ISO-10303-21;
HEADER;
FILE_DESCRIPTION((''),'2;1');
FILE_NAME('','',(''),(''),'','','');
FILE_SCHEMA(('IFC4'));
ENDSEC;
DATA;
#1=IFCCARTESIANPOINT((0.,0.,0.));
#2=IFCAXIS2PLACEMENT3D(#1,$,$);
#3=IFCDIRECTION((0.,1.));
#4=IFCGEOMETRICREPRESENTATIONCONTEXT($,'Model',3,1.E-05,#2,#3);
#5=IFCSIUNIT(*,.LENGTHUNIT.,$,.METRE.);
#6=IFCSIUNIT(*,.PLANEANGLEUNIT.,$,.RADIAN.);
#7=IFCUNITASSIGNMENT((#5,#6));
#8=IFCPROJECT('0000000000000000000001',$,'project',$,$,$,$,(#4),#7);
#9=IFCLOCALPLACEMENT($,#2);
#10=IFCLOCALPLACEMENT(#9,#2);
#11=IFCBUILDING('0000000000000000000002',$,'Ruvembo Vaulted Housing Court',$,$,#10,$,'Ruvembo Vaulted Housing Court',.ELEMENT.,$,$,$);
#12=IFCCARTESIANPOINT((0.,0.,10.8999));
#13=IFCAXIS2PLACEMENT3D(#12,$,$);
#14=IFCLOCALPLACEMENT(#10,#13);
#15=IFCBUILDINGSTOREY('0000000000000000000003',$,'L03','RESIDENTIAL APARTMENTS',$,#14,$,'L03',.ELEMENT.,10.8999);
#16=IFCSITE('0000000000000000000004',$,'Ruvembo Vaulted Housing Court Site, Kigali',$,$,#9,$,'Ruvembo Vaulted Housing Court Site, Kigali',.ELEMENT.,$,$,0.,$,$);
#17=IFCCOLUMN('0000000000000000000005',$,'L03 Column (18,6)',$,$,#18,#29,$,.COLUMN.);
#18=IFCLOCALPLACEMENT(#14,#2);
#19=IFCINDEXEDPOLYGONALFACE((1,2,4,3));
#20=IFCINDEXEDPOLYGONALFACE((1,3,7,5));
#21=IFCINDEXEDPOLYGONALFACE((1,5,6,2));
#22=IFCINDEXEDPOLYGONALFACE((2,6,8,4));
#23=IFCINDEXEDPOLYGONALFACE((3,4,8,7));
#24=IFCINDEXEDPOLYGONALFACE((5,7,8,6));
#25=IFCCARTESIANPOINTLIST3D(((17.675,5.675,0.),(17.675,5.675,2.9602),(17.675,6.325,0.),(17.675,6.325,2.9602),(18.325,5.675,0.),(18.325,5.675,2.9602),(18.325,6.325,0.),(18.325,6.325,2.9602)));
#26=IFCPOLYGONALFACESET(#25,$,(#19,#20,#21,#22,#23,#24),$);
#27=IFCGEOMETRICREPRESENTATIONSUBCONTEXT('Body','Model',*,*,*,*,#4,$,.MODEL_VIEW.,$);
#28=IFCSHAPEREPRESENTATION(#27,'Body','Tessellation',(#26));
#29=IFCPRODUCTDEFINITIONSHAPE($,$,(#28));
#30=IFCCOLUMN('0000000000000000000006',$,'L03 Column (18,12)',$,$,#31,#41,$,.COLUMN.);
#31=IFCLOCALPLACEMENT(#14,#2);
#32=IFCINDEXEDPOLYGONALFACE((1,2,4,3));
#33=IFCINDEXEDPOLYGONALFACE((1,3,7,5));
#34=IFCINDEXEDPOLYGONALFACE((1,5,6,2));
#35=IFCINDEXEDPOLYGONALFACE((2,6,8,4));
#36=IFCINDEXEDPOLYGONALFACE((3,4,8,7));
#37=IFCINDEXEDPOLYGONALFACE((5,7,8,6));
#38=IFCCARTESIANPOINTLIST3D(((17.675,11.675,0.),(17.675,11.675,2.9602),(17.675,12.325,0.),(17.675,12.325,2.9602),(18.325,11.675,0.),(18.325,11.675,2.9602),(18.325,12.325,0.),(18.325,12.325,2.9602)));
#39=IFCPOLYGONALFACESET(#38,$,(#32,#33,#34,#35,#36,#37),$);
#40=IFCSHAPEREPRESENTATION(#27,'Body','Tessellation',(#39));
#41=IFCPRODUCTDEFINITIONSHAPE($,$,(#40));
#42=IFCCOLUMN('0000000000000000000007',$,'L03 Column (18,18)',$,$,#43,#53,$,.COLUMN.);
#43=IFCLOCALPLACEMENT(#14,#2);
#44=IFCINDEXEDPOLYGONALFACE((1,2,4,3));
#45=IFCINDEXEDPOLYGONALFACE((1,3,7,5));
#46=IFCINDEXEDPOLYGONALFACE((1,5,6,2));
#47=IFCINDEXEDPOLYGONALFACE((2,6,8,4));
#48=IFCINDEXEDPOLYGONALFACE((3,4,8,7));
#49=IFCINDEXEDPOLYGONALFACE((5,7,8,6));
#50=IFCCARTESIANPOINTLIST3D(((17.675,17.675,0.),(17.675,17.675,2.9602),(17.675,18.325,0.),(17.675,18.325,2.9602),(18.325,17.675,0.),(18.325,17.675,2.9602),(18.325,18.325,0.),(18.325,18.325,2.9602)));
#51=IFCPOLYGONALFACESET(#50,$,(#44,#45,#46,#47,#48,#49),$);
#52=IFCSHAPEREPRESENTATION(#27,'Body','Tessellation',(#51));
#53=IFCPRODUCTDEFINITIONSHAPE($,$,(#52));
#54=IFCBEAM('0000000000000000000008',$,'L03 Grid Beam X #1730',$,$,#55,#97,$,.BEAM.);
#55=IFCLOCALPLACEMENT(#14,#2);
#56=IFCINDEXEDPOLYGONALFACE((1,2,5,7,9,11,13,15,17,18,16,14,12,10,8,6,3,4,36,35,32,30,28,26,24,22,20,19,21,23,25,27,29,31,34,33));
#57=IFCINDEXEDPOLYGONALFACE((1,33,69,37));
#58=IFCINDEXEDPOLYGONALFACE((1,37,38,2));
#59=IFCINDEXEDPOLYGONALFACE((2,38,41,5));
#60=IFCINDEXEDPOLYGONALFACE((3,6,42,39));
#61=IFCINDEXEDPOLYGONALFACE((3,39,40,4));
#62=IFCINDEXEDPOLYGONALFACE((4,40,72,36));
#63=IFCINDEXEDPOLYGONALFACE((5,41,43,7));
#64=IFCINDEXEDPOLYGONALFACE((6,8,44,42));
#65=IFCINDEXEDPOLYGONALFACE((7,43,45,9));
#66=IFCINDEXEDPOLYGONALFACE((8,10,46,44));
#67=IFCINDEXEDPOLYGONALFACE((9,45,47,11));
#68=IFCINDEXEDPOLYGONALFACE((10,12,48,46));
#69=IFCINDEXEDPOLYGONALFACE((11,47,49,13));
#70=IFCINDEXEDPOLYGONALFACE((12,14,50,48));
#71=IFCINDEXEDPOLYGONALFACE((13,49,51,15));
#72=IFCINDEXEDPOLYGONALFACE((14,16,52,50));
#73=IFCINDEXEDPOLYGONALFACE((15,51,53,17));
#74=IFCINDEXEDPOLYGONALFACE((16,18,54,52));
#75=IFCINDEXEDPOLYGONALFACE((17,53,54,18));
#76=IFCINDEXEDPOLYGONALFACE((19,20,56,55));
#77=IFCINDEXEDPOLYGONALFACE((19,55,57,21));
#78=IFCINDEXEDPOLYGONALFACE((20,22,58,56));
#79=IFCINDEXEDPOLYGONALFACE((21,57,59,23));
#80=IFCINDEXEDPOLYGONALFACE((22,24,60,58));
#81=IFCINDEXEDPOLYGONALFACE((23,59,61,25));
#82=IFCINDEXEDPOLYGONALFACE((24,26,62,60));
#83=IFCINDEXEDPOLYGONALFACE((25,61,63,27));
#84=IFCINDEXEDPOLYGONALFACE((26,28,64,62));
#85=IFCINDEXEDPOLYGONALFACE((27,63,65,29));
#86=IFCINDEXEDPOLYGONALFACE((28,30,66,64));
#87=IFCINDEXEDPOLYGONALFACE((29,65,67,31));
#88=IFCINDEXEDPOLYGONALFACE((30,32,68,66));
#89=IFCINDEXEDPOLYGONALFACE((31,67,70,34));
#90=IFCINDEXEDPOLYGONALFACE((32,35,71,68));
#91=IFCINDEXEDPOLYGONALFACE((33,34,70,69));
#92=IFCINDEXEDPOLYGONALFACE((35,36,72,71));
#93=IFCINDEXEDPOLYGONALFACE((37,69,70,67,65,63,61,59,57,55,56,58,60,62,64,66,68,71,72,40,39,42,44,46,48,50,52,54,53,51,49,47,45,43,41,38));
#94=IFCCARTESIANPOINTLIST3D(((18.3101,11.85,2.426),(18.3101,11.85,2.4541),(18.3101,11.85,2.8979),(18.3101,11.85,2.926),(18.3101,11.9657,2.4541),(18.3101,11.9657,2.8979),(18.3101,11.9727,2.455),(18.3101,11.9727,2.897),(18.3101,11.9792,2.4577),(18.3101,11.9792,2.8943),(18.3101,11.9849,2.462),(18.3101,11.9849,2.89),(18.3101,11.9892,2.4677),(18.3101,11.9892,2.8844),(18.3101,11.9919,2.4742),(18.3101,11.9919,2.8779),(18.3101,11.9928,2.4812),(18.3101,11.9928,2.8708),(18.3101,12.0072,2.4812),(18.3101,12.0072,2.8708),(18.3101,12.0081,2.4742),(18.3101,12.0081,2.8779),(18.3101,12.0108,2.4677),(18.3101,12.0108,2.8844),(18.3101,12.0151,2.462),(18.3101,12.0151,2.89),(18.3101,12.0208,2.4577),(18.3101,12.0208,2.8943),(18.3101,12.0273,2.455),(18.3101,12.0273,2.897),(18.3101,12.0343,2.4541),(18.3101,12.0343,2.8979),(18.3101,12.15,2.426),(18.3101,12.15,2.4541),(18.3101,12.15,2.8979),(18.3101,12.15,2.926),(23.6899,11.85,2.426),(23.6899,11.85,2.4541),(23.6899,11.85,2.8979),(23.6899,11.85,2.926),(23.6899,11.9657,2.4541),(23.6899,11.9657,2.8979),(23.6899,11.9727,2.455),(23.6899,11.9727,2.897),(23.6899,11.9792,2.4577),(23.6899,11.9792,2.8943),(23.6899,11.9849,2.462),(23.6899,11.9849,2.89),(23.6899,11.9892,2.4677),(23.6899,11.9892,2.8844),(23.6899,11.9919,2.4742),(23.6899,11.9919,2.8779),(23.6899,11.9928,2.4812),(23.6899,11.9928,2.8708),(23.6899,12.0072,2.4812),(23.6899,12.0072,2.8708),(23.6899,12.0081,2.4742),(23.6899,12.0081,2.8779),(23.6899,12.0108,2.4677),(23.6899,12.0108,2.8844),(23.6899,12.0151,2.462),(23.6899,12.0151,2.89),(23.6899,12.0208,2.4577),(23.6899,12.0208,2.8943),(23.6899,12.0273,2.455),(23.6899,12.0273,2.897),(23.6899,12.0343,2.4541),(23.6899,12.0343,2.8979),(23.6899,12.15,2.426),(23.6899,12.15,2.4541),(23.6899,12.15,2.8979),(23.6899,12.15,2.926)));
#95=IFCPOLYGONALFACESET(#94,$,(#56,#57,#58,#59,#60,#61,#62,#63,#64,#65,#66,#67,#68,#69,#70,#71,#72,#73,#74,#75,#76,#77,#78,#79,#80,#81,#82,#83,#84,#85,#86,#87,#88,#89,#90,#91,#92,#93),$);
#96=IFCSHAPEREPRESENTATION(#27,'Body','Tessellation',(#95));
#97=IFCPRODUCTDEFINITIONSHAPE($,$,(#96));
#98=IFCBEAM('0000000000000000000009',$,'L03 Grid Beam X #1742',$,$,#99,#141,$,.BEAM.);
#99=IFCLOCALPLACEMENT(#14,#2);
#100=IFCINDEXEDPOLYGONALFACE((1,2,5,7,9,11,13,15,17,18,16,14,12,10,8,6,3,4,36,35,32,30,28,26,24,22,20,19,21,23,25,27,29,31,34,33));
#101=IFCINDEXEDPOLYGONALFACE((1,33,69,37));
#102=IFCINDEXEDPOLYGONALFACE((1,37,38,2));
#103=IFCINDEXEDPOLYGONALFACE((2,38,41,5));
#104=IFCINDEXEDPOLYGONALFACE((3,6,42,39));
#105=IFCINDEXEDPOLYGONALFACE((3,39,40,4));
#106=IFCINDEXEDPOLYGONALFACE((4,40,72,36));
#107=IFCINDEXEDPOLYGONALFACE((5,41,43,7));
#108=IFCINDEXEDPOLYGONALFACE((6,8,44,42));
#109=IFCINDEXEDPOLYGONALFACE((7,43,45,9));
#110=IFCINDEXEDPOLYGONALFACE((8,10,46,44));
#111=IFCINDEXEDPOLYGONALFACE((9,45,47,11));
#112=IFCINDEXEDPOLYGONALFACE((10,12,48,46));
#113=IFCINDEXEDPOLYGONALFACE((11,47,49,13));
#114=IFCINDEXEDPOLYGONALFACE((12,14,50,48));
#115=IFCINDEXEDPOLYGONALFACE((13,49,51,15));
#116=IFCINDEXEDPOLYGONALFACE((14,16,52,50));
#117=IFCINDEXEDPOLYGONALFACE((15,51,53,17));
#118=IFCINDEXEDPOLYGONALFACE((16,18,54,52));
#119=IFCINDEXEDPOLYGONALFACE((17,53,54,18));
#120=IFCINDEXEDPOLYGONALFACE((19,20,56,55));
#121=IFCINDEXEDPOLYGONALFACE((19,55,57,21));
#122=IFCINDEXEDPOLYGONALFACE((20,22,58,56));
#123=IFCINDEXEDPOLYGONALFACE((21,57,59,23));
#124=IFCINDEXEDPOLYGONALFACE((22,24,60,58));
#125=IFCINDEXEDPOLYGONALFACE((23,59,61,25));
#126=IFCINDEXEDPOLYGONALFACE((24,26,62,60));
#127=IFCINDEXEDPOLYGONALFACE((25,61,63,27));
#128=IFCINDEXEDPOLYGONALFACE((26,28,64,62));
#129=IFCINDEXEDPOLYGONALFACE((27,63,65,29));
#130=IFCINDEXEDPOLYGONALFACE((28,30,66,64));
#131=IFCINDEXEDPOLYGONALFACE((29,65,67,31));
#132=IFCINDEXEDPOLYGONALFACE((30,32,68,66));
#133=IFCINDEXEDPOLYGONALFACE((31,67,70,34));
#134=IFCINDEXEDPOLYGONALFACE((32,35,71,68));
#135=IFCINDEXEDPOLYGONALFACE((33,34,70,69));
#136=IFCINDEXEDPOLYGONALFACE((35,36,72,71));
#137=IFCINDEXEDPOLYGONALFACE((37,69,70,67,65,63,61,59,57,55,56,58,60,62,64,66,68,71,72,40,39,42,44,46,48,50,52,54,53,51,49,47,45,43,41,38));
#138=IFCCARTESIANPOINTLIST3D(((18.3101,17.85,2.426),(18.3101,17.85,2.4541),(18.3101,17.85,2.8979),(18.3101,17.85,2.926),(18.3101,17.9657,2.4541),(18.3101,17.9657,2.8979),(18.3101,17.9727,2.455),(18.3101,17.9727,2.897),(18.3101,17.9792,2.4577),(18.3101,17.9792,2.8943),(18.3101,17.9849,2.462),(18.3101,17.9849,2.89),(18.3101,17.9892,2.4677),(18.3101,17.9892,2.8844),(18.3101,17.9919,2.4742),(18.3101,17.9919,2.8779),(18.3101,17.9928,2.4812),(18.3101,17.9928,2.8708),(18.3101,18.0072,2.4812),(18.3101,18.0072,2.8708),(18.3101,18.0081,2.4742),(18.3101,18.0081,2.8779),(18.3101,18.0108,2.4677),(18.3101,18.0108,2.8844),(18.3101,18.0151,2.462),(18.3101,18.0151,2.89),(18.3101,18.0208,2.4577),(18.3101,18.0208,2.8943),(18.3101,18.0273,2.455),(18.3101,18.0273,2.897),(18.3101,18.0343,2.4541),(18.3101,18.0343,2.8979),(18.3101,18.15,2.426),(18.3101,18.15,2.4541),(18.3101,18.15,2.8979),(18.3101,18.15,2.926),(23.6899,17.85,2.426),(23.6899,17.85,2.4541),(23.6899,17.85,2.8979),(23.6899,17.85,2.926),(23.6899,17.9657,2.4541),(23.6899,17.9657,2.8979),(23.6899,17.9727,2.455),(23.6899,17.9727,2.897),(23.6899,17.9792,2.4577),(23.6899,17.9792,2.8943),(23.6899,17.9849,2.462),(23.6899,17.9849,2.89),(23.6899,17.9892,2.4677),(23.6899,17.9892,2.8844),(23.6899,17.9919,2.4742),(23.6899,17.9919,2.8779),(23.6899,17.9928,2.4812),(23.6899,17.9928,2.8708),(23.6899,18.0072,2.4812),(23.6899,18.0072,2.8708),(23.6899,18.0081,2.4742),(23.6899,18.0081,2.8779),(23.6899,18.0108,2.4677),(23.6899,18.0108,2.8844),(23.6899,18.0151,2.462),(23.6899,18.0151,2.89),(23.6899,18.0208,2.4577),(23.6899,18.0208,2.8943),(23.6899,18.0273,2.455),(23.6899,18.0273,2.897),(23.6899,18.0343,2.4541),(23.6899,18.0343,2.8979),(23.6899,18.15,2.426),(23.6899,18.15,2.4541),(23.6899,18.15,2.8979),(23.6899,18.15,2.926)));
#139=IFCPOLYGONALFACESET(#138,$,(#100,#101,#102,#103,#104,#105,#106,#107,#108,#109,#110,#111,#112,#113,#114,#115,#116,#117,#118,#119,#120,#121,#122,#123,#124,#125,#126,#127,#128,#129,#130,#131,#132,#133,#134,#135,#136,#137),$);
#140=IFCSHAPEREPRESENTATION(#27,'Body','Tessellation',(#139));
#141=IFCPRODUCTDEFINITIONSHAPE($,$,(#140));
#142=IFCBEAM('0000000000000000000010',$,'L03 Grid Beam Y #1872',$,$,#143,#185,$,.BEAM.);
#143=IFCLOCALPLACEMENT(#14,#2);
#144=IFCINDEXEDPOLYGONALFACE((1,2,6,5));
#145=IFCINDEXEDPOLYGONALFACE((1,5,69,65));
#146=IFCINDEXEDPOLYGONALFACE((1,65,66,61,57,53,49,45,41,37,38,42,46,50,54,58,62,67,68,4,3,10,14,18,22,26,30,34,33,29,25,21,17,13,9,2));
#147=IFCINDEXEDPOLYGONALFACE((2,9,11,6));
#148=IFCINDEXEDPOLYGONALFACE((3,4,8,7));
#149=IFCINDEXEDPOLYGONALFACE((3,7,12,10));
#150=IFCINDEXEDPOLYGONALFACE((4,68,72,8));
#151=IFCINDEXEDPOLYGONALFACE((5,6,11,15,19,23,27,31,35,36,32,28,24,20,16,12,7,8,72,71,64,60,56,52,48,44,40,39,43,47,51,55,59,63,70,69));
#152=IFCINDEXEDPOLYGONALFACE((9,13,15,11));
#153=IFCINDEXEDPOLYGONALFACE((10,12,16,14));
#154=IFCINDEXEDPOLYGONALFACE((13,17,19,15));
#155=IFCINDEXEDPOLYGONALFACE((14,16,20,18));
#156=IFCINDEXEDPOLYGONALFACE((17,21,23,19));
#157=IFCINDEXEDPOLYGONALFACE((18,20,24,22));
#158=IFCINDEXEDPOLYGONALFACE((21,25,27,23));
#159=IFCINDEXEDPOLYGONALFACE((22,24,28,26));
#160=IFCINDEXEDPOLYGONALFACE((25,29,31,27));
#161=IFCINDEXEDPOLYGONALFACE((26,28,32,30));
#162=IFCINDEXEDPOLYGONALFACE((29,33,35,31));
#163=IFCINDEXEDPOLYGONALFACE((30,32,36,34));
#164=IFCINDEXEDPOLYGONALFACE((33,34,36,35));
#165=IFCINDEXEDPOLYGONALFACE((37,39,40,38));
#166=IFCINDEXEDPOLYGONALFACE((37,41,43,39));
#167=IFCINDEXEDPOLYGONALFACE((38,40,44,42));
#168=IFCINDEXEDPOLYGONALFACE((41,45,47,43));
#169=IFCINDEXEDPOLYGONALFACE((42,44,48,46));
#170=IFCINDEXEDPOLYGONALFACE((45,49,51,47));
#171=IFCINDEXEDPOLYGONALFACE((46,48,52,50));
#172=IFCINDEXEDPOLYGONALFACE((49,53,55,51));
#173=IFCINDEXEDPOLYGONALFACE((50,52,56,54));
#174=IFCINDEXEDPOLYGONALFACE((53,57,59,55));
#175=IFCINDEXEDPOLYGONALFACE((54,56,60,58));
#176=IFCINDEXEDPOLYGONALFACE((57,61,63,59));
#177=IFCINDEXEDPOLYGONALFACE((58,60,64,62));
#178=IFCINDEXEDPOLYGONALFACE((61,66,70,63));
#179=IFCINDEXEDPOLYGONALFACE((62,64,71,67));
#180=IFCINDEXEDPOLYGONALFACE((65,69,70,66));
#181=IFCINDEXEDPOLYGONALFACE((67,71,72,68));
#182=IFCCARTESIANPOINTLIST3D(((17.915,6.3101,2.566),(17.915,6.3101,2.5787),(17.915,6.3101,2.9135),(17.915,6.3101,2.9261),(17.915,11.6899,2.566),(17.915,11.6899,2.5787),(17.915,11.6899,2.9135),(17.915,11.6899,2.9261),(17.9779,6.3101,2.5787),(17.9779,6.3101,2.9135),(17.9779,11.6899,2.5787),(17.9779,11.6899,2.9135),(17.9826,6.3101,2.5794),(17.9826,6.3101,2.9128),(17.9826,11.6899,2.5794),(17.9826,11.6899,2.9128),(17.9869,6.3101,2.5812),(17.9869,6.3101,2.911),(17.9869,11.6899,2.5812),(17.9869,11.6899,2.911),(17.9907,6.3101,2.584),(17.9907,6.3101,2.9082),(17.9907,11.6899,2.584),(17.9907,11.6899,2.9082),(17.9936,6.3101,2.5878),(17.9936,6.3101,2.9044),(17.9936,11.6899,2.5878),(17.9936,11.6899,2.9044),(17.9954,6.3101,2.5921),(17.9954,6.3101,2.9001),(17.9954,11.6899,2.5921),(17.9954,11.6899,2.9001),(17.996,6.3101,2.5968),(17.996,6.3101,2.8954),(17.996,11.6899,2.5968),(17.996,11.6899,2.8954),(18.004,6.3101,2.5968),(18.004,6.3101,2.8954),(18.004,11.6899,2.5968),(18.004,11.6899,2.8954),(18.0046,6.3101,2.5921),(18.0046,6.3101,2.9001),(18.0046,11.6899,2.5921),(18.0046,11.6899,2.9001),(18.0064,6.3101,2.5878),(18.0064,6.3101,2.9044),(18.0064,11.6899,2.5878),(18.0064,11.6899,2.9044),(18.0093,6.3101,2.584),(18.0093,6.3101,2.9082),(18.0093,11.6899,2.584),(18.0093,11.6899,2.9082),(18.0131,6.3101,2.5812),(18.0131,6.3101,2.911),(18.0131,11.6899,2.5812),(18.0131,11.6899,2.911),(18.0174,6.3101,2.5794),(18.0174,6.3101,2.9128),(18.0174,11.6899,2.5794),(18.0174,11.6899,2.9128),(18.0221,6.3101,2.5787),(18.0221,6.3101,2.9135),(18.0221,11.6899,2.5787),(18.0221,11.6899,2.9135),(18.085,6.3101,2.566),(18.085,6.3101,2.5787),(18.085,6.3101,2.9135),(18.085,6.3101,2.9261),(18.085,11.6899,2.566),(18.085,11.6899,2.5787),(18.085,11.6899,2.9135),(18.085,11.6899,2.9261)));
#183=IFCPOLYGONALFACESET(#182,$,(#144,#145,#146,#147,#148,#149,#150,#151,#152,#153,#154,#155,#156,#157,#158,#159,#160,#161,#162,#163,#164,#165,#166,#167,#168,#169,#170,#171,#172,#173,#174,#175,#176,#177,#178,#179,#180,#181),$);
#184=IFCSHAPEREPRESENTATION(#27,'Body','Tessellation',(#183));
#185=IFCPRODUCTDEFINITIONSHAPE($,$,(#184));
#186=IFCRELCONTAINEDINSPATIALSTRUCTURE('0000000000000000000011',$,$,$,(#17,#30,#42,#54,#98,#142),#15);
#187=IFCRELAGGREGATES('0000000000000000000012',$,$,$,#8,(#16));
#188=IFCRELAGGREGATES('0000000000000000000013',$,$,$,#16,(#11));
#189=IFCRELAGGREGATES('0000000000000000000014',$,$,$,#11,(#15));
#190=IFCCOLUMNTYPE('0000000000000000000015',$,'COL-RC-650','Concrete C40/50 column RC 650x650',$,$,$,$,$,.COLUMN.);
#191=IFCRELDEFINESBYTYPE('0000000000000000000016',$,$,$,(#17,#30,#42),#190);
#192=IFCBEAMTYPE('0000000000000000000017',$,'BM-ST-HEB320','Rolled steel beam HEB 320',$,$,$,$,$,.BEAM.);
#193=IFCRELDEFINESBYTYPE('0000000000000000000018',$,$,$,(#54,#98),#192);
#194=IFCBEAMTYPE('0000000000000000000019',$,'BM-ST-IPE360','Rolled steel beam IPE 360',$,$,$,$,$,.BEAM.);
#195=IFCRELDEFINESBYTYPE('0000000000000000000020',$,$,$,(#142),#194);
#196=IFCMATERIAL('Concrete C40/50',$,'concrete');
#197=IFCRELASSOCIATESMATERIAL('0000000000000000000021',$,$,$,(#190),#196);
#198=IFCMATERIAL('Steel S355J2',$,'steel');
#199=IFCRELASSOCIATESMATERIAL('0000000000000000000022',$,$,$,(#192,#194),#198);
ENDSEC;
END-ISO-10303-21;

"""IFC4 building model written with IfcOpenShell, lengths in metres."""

from ifc_helpers import new_model, si_unit, direction, frame, origin, origin_2d, place, context, subcontext, project, spatial, rectangle, i_section, extrude, material, material_profile, profile_set, type_object, element, save


model = new_model("IFC4")

# Units and contexts
model_context = context("Model", 3, precision=1e-05, world=origin(), true_north=direction((0.0, 1.0)))
body_context = subcontext(model_context, "Body", "Model", "MODEL_VIEW")
ifc_project = project(units=[si_unit("LENGTHUNIT", "METRE"), si_unit("PLANEANGLEUNIT", "RADIAN")], contexts=[model_context])

# Site, building, storey
site_placement = place(None, origin())
site = spatial("IfcSite", under=ifc_project, at=site_placement, Name="Ruvembo Vaulted Housing Court Site, Kigali", LongName="Ruvembo Vaulted Housing Court Site, Kigali", CompositionType="ELEMENT", RefElevation=0.0)
building_placement = place(site_placement, origin())
building = spatial("IfcBuilding", under=site, at=building_placement, Name="Ruvembo Vaulted Housing Court", LongName="Ruvembo Vaulted Housing Court", CompositionType="ELEMENT")
storey_placement = place(building_placement, frame((0.0, 0.0, 10.8999)))
storey = spatial("IfcBuildingStorey", under=building, at=storey_placement, Name="L03", Description="RESIDENTIAL APARTMENTS", LongName="L03", CompositionType="ELEMENT", Elevation=10.8999)

# Columns
ifc_material_1 = material(Name="Concrete C40/50", Category="concrete")
ifc_material_profile_1 = material_profile(ifc_material_1, rectangle(XDim=0.6499, YDim=0.6499, at=origin_2d()), Name="RC 650x650")
ifc_profile_set_1 = profile_set([ifc_material_profile_1], Name="Concrete C40/50")
column_type = type_object("IfcColumnType", Name="COL-RC-650", Description="Concrete C40/50 column RC 650x650", PredefinedType="COLUMN", material=ifc_profile_set_1)
for number, where, z_axis, x_axis, name in (
    (1, (18.0, 6.0, 0.0), (0.0, 0.0, 1.0), (1.0, 0.0, 0.0), "L03 Column (18,6)"),
    (2, (18.0, 12.0, 0.0), (0.0, 0.0, 1.0), (1.0, 0.0, 0.0), "L03 Column (18,12)"),
    (3, (18.0, 18.0, 0.0), (0.0, 0.0, 1.0), (1.0, 0.0, 0.0), "L03 Column (18,18)"),
):
    element("IfcColumn", number, at=place(storey_placement, frame(where, z_axis=z_axis, x_axis=x_axis)), inside=storey, type_object=column_type, Name=name, PredefinedType="COLUMN", context=body_context, shape_type="SweptSolid", body=[
        extrude(rectangle(XDim=0.6499, YDim=0.6499, at=origin_2d()), origin(), (0.0, 0.0, 1.0), 2.9602),
    ])

# Beams
ifc_material_2 = material(Name="Steel S355J2", Category="steel")
ifc_material_profile_2 = material_profile(ifc_material_2, i_section(OverallWidth=0.3, OverallDepth=0.5, WebThickness=0.0144, FlangeThickness=0.0281, FilletRadius=0.0271, at=origin_2d()), Name="HEB 320")
ifc_profile_set_2 = profile_set([ifc_material_profile_2], Name="Steel S355J2")
beam_type_1 = type_object("IfcBeamType", Name="BM-ST-HEB320", Description="Rolled steel beam HEB 320", PredefinedType="BEAM", material=ifc_profile_set_2)
for number, where, z_axis, x_axis, name in (
    (4, (18.3101, 12.0, 2.676), (1.0, 0.0, 0.0), (0.0, 1.0, 0.0), "L03 Grid Beam X #1730"),
    (5, (18.3101, 18.0, 2.676), (1.0, 0.0, 0.0), (0.0, 1.0, 0.0), "L03 Grid Beam X #1742"),
):
    element("IfcBeam", number, at=place(storey_placement, frame(where, z_axis=z_axis, x_axis=x_axis)), inside=storey, type_object=beam_type_1, Name=name, PredefinedType="BEAM", context=body_context, shape_type="SweptSolid", body=[
        extrude(i_section(OverallWidth=0.3, OverallDepth=0.5, WebThickness=0.0144, FlangeThickness=0.0281, FilletRadius=0.0271, at=origin_2d()), origin(), (0.0, 0.0, 1.0), 5.3799),
    ])
ifc_material_profile_3 = material_profile(ifc_material_2, i_section(OverallWidth=0.1699, OverallDepth=0.3601, WebThickness=0.0081, FlangeThickness=0.0127, FilletRadius=0.0181, at=origin_2d()), Name="IPE 360")
ifc_profile_set_3 = profile_set([ifc_material_profile_3], Name="Steel S355J2")
beam_type_2 = type_object("IfcBeamType", Name="BM-ST-IPE360", Description="Rolled steel beam IPE 360", PredefinedType="BEAM", material=ifc_profile_set_3)
beam_1_placement = place(storey_placement, frame((18.0, 6.3101, 2.7461), z_axis=(0.0, 1.0, 0.0), x_axis=(-1.0, 0.0, 0.0)))
element("IfcBeam", 6, at=beam_1_placement, inside=storey, type_object=beam_type_2, Name="L03 Grid Beam Y #1872", PredefinedType="BEAM", context=body_context, shape_type="SweptSolid", body=[
    extrude(i_section(OverallWidth=0.1699, OverallDepth=0.3601, WebThickness=0.0081, FlangeThickness=0.0127, FilletRadius=0.0181, at=origin_2d()), origin(), (0.0, 0.0, 1.0), 5.3799),
])

save(model, "model.ifc")
